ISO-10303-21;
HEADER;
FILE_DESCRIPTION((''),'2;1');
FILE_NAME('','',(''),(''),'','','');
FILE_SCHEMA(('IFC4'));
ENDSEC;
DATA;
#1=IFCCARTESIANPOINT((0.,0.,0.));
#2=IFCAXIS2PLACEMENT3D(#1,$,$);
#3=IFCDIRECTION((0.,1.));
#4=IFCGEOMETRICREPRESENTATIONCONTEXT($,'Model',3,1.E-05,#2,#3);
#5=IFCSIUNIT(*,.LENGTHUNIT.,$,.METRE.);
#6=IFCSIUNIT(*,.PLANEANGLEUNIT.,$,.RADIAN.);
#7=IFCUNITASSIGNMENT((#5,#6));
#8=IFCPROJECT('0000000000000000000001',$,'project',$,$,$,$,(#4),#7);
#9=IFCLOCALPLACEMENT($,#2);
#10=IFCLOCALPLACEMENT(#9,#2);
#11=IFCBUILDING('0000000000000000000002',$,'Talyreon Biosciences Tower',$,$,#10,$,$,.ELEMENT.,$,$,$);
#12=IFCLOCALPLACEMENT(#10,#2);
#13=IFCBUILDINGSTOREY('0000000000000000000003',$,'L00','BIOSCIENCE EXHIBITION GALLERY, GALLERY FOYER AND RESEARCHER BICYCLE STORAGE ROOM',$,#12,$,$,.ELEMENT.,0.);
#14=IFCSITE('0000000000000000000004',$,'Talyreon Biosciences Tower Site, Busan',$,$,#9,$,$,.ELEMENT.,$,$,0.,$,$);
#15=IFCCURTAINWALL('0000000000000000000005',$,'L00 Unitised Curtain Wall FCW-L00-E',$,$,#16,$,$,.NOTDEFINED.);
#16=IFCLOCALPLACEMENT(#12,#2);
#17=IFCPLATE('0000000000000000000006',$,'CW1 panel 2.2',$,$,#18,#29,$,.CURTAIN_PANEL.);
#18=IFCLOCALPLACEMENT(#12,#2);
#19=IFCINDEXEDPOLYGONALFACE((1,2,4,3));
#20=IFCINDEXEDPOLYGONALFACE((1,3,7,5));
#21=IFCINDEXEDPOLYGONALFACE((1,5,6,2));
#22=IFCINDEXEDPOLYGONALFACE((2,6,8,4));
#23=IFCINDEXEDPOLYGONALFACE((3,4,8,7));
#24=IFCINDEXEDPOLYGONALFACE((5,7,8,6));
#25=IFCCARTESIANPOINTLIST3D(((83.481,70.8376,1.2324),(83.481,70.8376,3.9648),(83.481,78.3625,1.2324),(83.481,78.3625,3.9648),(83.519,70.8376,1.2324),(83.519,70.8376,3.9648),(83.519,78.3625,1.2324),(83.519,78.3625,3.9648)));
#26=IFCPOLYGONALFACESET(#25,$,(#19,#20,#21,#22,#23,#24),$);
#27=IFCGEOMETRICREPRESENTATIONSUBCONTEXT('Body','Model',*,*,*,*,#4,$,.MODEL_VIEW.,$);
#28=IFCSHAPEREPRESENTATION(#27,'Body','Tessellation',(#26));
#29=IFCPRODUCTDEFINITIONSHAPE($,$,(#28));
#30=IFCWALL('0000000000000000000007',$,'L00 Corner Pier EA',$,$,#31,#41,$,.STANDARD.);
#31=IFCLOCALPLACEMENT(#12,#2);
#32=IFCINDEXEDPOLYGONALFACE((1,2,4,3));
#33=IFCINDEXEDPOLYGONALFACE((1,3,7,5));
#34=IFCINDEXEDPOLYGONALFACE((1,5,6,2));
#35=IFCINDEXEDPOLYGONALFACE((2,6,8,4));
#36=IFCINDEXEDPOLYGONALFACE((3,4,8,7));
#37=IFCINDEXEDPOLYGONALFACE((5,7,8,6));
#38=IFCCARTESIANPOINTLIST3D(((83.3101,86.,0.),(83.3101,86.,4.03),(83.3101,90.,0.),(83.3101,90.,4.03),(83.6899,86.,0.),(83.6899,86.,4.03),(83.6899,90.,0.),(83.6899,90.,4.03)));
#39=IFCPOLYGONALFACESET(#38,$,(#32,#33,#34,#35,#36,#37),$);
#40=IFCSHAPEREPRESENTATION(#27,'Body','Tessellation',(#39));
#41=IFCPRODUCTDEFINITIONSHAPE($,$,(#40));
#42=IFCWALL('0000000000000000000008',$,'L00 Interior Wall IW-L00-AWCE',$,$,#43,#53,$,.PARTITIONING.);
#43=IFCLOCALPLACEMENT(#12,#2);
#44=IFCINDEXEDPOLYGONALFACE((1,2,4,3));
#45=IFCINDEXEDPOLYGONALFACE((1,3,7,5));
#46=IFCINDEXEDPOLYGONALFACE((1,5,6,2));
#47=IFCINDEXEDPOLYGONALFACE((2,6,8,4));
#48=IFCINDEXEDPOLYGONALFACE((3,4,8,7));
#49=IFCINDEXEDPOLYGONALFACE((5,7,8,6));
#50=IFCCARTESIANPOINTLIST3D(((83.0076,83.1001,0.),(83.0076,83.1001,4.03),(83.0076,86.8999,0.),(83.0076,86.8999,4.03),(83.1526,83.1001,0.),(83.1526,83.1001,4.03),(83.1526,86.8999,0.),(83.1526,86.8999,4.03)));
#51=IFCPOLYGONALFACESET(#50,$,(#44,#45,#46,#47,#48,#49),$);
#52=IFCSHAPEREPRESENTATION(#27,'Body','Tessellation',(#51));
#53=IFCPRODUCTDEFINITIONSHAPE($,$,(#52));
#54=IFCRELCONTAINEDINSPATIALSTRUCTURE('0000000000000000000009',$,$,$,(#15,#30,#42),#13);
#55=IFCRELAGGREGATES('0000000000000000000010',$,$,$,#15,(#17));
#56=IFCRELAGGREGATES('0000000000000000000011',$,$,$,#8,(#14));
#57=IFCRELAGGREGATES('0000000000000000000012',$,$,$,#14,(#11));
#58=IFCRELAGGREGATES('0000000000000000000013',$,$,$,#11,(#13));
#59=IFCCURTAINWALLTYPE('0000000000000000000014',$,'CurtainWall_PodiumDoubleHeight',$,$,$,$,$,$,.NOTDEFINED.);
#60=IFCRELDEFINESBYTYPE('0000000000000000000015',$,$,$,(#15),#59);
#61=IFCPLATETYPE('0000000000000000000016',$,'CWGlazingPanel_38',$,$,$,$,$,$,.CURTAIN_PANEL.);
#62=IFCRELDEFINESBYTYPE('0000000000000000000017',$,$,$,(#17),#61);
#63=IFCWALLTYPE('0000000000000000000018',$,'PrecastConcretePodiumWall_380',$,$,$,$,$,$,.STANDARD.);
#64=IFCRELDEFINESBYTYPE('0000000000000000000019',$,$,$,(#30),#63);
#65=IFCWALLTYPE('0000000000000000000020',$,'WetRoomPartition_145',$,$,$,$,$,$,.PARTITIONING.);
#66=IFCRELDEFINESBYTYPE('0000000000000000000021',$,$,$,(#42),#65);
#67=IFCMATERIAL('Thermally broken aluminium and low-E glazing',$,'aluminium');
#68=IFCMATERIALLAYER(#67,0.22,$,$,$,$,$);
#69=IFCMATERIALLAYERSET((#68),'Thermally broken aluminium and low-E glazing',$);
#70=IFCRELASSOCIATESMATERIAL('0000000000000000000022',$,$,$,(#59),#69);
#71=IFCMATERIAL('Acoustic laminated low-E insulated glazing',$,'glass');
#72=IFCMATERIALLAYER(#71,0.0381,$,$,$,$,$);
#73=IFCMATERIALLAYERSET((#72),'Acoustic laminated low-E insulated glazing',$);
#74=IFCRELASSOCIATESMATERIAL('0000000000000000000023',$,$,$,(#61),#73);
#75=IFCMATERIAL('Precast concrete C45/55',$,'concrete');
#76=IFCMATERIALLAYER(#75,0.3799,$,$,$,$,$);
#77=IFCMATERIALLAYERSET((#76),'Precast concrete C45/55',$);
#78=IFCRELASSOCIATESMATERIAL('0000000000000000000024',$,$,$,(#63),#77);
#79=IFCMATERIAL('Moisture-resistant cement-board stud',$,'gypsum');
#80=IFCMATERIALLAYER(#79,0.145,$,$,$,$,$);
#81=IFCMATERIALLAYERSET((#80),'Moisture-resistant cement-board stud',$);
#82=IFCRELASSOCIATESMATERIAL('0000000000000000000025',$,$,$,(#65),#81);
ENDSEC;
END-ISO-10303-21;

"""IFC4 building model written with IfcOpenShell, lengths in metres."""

from ifc_helpers import new_model, si_unit, direction, frame, frame_2d, origin, origin_2d, place, context, subcontext, project, spatial, rectangle, extrude, material, layer, layer_set, type_object, element, aggregate, save


model = new_model("IFC4")

# Units and contexts
model_context = context("Model", 3, precision=1e-05, world=origin(), true_north=direction((0.0, 1.0)))
body_context = subcontext(model_context, "Body", "Model", "MODEL_VIEW")
ifc_project = project(units=[si_unit("LENGTHUNIT", "METRE"), si_unit("PLANEANGLEUNIT", "RADIAN")], contexts=[model_context])

# Site, building, storey
site_placement = place(None, origin())
site = spatial("IfcSite", under=ifc_project, at=site_placement, Name="Talyreon Biosciences Tower Site, Busan", CompositionType="ELEMENT", RefElevation=0.0)
building_placement = place(site_placement, origin())
building = spatial("IfcBuilding", under=site, at=building_placement, Name="Talyreon Biosciences Tower", CompositionType="ELEMENT")
storey_placement = place(building_placement, origin())
storey = spatial("IfcBuildingStorey", under=building, at=storey_placement, Name="L00", Description="BIOSCIENCE EXHIBITION GALLERY, GALLERY FOYER AND RESEARCHER BICYCLE STORAGE ROOM", CompositionType="ELEMENT", Elevation=0.0)

# Curtain wall
ifc_material_1 = material(Name="Thermally broken aluminium and low-E glazing", Category="aluminium")
ifc_layer_1 = layer(ifc_material_1, 0.22)
ifc_layer_set_1 = layer_set([ifc_layer_1], Name="Thermally broken aluminium and low-E glazing")
curtain_wall_type = type_object("IfcCurtainWallType", Name="CurtainWall_PodiumDoubleHeight", PredefinedType="NOTDEFINED", material=ifc_layer_set_1)
curtain_wall_placement = place(storey_placement, origin())
curtain_wall = element("IfcCurtainWall", 1, at=curtain_wall_placement, inside=storey, type_object=curtain_wall_type, Name="L00 Unitised Curtain Wall FCW-L00-E", PredefinedType="NOTDEFINED")

# Plate
ifc_material_2 = material(Name="Acoustic laminated low-E insulated glazing", Category="glass")
ifc_layer_2 = layer(ifc_material_2, 0.0381)
ifc_layer_set_2 = layer_set([ifc_layer_2], Name="Acoustic laminated low-E insulated glazing")
plate_type = type_object("IfcPlateType", Name="CWGlazingPanel_38", PredefinedType="CURTAIN_PANEL", material=ifc_layer_set_2)
plate_1_placement = place(storey_placement, frame((83.5, 74.6001, 1.2324), z_axis=(0.0, 0.0, 1.0), x_axis=(0.0, -1.0, 0.0)))
plate_1 = element("IfcPlate", 2, at=plate_1_placement, type_object=plate_type, Name="CW1 panel 2.2", PredefinedType="CURTAIN_PANEL", context=body_context, shape_type="SweptSolid", body=[
    extrude(rectangle(XDim=7.5249, YDim=0.0381, at=origin_2d()), origin(), (0.0, 0.0, 1.0), 2.7324),
])
aggregate(curtain_wall, [plate_1])

# Walls
ifc_material_3 = material(Name="Precast concrete C45/55", Category="concrete")
ifc_layer_3 = layer(ifc_material_3, 0.3799)
ifc_layer_set_3 = layer_set([ifc_layer_3], Name="Precast concrete C45/55")
wall_type_1 = type_object("IfcWallType", Name="PrecastConcretePodiumWall_380", PredefinedType="STANDARD", material=ifc_layer_set_3)
wall_1_placement = place(storey_placement, frame((83.5, 90.0, 0.0), z_axis=(0.0, 0.0, 1.0), x_axis=(0.0, -1.0, 0.0)))
element("IfcWall", 3, at=wall_1_placement, inside=storey, type_object=wall_type_1, Name="L00 Corner Pier EA", PredefinedType="STANDARD", context=body_context, shape_type="SweptSolid", body=[
    extrude(rectangle(XDim=4.0, YDim=0.3799, at=frame_2d((2.0, 0.0))), origin(), (0.0, 0.0, 1.0), 4.03),
])
ifc_material_4 = material(Name="Moisture-resistant cement-board stud", Category="gypsum")
ifc_layer_4 = layer(ifc_material_4, 0.145)
ifc_layer_set_4 = layer_set([ifc_layer_4], Name="Moisture-resistant cement-board stud")
wall_type_2 = type_object("IfcWallType", Name="WetRoomPartition_145", PredefinedType="PARTITIONING", material=ifc_layer_set_4)
wall_2_placement = place(storey_placement, frame((83.0801, 83.1001, 0.0), z_axis=(0.0, 0.0, 1.0), x_axis=(0.0, 1.0, 0.0)))
element("IfcWall", 4, at=wall_2_placement, inside=storey, type_object=wall_type_2, Name="L00 Interior Wall IW-L00-AWCE", PredefinedType="PARTITIONING", context=body_context, shape_type="SweptSolid", body=[
    extrude(rectangle(XDim=3.7998, YDim=0.145, at=frame_2d((1.8999, 0.0))), origin(), (0.0, 0.0, 1.0), 4.03),
])

save(model, "model.ifc")
